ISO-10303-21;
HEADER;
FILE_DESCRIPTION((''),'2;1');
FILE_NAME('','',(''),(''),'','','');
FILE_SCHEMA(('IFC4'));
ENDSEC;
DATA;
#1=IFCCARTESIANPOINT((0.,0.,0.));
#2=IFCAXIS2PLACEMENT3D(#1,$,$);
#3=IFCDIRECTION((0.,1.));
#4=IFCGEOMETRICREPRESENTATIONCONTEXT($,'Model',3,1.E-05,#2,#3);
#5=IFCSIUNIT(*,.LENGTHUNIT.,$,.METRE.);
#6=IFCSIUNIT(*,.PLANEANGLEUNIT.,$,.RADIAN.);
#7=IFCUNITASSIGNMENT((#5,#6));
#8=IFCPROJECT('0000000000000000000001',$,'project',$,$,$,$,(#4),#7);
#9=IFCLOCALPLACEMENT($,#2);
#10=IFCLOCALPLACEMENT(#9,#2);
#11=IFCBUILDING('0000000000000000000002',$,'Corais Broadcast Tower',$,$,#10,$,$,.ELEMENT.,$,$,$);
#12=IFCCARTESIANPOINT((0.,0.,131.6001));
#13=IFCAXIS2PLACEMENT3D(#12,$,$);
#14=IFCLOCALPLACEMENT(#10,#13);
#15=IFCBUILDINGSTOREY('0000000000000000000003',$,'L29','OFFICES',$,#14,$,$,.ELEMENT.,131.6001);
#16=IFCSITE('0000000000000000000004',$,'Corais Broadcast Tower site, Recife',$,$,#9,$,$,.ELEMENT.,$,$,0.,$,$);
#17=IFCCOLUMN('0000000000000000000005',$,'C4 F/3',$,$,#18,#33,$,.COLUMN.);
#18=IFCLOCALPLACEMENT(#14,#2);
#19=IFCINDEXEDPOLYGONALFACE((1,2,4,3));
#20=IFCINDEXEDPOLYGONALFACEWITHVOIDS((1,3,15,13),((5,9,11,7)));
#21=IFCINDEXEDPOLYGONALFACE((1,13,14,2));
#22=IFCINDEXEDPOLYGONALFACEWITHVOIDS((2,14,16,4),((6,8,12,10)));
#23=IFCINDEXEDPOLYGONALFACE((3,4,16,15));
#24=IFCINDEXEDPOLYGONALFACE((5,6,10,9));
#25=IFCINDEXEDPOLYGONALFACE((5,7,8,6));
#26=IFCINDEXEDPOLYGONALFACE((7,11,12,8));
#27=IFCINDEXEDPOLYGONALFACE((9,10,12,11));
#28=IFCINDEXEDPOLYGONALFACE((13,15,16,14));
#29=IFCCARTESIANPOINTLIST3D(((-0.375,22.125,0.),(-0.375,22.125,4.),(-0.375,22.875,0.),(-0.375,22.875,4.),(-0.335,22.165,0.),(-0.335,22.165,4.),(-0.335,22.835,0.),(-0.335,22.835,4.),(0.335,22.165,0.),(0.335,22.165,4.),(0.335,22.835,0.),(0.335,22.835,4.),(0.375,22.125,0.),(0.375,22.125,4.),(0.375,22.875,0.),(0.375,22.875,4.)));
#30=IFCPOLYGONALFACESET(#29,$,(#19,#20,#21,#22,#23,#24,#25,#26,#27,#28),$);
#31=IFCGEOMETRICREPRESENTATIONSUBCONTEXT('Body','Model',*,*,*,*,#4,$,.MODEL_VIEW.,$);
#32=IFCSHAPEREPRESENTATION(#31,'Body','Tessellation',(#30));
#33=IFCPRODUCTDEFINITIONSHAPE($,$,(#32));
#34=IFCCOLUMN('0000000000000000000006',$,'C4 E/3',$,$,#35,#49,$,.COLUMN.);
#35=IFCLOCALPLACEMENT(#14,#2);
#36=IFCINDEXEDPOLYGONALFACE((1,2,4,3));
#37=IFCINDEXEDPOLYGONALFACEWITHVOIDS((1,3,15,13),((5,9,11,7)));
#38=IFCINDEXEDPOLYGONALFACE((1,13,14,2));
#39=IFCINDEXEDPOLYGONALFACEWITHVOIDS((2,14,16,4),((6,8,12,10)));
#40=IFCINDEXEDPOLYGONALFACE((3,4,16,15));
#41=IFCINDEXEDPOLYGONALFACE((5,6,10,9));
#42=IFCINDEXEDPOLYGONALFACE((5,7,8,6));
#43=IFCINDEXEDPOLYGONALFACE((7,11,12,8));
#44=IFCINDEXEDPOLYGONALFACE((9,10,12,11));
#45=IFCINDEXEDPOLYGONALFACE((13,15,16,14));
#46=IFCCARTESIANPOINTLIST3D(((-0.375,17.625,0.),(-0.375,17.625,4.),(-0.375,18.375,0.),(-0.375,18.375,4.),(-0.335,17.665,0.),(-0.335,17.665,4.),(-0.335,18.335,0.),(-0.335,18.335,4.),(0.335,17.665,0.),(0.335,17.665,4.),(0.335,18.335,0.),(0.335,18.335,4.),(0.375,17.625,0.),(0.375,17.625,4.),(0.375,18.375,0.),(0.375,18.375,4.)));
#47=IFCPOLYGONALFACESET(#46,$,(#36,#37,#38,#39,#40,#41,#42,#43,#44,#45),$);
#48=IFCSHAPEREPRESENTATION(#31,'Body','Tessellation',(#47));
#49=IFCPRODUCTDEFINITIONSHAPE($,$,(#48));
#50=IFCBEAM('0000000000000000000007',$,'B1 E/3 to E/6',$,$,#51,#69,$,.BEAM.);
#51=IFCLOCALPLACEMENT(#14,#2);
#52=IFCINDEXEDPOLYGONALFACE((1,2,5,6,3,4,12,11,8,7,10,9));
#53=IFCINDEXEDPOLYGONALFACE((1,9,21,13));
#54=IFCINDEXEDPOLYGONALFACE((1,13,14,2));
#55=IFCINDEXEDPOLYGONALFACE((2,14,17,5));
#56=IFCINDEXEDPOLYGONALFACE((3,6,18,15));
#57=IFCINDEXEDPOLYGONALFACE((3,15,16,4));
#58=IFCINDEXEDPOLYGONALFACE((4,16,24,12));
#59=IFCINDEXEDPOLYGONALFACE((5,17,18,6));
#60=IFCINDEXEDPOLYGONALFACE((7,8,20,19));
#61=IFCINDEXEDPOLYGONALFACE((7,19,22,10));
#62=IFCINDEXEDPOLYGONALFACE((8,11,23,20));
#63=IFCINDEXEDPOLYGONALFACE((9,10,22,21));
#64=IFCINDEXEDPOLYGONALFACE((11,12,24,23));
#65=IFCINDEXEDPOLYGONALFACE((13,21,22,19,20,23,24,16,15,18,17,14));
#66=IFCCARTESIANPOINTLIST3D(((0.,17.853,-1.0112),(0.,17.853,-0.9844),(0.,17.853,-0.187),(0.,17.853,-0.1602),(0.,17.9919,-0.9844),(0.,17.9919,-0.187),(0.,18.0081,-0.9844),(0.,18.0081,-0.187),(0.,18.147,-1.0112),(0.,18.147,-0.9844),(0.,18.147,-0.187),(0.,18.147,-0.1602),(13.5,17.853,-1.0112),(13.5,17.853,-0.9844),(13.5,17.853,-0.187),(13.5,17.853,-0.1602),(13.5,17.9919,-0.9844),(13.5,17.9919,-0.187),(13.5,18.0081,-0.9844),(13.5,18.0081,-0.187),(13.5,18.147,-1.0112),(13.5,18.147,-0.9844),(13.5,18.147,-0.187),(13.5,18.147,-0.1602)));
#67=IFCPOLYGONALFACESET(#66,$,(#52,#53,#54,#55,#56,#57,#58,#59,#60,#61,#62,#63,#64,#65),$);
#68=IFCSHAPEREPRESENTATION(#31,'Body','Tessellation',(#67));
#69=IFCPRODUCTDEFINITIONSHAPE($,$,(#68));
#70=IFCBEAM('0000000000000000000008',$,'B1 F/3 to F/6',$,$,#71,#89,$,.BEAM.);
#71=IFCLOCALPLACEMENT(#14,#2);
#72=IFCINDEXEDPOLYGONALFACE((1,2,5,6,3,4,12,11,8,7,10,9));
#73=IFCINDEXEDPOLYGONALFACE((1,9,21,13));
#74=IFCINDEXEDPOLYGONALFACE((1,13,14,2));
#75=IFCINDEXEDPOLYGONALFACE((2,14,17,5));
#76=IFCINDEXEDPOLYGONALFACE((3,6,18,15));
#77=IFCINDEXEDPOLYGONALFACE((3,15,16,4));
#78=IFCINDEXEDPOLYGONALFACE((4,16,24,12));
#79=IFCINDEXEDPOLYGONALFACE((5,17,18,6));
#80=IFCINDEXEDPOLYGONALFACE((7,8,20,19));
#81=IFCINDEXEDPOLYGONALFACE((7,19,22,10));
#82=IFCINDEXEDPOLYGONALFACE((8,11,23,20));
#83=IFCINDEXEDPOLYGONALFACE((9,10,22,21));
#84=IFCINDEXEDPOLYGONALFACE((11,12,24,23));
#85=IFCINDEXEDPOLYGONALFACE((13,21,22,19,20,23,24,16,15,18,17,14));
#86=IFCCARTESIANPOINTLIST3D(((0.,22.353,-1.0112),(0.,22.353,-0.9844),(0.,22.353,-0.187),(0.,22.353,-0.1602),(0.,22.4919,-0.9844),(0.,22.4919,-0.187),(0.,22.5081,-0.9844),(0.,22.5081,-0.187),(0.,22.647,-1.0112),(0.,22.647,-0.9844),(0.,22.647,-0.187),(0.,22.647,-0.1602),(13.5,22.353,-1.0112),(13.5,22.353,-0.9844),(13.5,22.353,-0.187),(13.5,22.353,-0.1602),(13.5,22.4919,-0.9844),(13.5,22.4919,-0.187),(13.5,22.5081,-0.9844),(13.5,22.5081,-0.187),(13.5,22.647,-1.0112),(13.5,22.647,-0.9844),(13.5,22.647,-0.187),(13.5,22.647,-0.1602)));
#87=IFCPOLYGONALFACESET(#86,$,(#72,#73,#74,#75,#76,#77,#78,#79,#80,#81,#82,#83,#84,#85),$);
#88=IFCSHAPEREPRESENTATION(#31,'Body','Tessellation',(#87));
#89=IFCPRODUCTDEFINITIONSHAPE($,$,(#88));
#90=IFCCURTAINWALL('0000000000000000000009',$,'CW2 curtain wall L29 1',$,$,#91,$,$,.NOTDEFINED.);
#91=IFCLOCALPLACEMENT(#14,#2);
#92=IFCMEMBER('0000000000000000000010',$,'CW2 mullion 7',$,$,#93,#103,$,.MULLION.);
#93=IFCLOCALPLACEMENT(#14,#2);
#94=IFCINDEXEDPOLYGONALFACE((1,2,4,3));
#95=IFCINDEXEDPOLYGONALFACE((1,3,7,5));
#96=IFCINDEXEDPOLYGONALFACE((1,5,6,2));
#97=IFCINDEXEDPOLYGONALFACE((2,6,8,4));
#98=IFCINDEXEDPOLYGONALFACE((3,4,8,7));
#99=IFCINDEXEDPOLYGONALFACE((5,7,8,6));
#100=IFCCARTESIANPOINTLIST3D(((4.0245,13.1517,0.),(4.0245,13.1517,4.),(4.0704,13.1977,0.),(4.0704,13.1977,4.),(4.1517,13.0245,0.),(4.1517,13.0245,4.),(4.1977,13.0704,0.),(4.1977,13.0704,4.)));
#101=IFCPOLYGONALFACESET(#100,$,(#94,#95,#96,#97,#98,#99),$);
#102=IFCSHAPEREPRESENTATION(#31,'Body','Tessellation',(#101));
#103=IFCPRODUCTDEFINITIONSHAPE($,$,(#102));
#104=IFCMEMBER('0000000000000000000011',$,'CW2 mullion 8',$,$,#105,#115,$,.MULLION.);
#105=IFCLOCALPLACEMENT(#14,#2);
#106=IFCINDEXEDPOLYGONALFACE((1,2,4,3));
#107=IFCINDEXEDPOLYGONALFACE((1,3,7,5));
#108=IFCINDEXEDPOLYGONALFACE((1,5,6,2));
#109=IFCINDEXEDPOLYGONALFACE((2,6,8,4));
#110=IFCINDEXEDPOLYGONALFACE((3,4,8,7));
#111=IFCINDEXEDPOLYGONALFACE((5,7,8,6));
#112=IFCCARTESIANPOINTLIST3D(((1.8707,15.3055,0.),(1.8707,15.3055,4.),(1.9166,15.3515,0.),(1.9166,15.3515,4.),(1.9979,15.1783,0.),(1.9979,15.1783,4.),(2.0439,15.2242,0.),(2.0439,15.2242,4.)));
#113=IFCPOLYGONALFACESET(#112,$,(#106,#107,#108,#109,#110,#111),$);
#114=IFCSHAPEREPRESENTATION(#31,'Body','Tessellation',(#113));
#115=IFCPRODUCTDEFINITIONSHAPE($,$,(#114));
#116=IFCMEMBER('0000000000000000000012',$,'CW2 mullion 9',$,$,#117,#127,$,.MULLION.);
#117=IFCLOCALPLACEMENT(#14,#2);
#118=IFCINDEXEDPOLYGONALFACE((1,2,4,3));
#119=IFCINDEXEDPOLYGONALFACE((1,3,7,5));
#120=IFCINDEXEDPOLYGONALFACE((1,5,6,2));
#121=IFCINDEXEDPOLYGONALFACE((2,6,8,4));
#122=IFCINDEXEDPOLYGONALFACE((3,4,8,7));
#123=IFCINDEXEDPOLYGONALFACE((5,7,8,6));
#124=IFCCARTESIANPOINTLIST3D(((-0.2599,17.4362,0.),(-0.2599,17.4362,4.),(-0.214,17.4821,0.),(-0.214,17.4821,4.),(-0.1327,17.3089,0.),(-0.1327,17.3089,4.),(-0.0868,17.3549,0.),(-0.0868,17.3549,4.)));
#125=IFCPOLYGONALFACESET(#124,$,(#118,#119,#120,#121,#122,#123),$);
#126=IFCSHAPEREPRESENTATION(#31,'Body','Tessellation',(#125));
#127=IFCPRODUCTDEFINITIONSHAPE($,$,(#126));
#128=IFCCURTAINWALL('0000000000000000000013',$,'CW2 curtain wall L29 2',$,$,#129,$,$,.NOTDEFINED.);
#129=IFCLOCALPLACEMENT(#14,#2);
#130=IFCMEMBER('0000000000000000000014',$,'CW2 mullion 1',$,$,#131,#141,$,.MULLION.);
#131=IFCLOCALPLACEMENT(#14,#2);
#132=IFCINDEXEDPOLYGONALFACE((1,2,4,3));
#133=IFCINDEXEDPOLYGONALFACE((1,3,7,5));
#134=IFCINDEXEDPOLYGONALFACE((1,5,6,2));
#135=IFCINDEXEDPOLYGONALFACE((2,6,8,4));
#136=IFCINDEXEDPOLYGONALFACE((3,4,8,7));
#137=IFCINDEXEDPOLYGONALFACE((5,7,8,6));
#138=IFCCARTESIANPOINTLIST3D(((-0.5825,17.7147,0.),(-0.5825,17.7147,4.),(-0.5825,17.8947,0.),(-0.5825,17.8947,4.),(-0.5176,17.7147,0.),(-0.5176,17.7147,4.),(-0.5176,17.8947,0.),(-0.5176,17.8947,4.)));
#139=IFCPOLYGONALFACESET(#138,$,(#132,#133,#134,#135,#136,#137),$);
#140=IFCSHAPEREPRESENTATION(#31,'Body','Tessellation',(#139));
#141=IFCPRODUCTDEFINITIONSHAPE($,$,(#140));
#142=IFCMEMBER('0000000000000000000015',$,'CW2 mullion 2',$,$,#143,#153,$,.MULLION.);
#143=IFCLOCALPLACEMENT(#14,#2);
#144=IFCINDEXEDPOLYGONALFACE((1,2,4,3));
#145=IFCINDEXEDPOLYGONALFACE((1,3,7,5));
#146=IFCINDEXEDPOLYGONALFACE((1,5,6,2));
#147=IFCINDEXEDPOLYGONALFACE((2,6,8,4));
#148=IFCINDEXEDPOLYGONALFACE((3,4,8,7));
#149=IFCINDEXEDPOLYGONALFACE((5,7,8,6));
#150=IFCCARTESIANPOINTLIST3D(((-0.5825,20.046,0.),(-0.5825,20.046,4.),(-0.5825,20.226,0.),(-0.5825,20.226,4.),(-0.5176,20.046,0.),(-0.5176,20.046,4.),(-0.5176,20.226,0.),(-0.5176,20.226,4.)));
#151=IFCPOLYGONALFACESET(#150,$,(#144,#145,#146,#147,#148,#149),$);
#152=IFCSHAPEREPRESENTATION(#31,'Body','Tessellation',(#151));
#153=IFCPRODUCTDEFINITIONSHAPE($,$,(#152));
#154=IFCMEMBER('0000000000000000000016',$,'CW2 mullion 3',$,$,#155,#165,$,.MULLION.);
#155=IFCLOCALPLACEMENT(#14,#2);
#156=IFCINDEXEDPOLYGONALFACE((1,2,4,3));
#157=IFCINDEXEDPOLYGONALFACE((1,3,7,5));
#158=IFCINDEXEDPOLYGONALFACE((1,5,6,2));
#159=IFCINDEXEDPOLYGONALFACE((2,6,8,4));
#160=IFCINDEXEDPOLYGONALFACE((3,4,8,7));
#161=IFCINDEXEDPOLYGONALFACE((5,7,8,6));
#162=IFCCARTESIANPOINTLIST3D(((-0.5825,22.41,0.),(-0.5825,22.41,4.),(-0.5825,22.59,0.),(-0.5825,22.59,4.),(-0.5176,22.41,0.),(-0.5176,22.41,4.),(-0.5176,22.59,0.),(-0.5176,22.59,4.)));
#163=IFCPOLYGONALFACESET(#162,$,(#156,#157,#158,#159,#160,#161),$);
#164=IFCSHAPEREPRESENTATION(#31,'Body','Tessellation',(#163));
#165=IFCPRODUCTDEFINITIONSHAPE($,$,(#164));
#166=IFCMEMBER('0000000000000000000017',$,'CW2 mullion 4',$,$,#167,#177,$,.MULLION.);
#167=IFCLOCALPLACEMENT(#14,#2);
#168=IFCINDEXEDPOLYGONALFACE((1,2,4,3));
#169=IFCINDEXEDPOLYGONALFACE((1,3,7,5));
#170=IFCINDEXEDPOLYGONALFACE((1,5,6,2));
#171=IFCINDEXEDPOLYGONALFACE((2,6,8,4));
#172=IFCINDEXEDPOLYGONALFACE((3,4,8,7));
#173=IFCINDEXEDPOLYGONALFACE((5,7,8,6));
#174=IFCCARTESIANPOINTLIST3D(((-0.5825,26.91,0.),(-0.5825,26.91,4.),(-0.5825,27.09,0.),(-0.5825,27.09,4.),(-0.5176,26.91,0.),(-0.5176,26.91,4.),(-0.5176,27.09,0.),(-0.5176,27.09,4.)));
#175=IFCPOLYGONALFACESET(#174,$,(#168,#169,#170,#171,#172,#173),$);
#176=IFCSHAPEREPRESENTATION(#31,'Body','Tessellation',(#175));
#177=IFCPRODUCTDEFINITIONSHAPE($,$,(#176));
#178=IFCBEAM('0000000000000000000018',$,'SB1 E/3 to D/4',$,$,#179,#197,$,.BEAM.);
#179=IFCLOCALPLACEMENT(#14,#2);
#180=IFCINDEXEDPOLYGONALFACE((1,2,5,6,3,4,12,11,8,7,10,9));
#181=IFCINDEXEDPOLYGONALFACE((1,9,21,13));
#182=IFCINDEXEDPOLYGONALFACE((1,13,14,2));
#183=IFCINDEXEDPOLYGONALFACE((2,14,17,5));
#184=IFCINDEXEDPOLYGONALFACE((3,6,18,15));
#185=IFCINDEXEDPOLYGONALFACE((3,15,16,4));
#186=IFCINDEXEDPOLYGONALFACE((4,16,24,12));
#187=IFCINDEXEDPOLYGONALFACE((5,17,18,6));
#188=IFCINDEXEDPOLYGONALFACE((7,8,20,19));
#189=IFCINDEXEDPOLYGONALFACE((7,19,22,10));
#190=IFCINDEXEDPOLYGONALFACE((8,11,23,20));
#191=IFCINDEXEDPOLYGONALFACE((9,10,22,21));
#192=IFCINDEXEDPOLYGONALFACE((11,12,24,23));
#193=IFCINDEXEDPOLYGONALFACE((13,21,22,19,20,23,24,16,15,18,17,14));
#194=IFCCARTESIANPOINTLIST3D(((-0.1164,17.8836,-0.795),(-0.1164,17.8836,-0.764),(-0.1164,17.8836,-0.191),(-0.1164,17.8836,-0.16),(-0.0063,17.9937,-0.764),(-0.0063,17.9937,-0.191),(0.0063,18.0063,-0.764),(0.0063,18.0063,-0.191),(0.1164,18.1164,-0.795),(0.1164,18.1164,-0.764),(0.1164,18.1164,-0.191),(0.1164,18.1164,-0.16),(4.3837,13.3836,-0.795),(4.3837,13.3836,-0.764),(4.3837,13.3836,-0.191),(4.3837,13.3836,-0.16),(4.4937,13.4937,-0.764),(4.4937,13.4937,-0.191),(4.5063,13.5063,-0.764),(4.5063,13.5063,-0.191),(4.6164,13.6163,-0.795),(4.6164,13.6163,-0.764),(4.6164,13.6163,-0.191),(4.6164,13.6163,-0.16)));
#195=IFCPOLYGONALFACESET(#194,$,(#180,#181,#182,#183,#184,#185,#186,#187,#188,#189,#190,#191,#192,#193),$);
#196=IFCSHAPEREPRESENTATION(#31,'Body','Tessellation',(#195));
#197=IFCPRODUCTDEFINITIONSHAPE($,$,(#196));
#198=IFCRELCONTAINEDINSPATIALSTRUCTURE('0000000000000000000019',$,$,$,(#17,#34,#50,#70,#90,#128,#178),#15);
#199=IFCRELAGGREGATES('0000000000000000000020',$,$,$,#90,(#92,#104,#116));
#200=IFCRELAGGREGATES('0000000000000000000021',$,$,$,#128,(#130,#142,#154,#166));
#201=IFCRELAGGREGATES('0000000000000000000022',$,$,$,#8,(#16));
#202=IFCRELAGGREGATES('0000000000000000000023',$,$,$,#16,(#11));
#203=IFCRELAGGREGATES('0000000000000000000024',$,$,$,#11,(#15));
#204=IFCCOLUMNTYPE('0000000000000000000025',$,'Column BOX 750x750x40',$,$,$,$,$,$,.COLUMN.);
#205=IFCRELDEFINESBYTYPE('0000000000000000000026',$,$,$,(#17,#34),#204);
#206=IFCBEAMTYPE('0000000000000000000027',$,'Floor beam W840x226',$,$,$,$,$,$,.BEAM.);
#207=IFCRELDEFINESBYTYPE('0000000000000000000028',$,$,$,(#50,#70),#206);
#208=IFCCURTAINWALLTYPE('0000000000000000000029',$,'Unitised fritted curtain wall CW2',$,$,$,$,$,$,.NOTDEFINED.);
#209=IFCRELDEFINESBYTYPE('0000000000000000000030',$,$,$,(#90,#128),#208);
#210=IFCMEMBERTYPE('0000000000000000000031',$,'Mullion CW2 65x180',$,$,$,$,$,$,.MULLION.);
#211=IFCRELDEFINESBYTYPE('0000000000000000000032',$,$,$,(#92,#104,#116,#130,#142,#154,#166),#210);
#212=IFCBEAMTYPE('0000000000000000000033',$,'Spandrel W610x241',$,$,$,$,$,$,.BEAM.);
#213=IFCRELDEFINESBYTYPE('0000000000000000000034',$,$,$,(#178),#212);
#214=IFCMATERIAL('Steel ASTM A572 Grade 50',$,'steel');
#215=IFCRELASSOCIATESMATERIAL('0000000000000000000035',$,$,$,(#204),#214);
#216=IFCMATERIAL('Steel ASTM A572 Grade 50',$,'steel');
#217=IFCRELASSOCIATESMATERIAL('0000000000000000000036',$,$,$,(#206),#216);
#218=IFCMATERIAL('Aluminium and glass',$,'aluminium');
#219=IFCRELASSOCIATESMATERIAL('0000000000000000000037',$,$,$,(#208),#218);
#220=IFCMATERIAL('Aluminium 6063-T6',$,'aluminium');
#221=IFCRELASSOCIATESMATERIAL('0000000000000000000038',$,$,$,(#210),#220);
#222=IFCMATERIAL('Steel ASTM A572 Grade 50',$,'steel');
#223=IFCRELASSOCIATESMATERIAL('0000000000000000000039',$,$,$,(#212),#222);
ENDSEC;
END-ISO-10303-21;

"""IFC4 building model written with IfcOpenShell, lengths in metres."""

from ifc_helpers import new_model, si_unit, direction, frame, origin, origin_2d, place, context, subcontext, project, spatial, rectangle, hollow_rectangle, i_section, extrude, material, material_profile, profile_set, type_object, element, aggregate, save


model = new_model("IFC4")

# Units and contexts
model_context = context("Model", 3, precision=1e-05, world=origin(), true_north=direction((0.0, 1.0)))
body_context = subcontext(model_context, "Body", "Model", "MODEL_VIEW")
ifc_project = project(units=[si_unit("LENGTHUNIT", "METRE"), si_unit("PLANEANGLEUNIT", "RADIAN")], contexts=[model_context])

# Site, building, storey
site_placement = place(None, origin())
site = spatial("IfcSite", under=ifc_project, at=site_placement, Name="Corais Broadcast Tower site, Recife", CompositionType="ELEMENT", RefElevation=0.0)
building_placement = place(site_placement, origin())
building = spatial("IfcBuilding", under=site, at=building_placement, Name="Corais Broadcast Tower", CompositionType="ELEMENT")
storey_placement = place(building_placement, frame((0.0, 0.0, 131.6001)))
storey = spatial("IfcBuildingStorey", under=building, at=storey_placement, Name="L29", Description="OFFICES", CompositionType="ELEMENT", Elevation=131.6001)

# Columns
ifc_material_1 = material(Name="Steel ASTM A572 Grade 50", Category="steel")
ifc_material_profile_1 = material_profile(ifc_material_1, hollow_rectangle(XDim=0.75, YDim=0.75, WallThickness=0.04, at=origin_2d()), Name="BOX 750x750x40")
ifc_profile_set_1 = profile_set([ifc_material_profile_1], Name="Steel ASTM A572 Grade 50")
column_type = type_object("IfcColumnType", Name="Column BOX 750x750x40", PredefinedType="COLUMN", material=ifc_profile_set_1)
for number, where, z_axis, x_axis, name in (
    (1, (0.0, 22.5, 0.0), (0.0, 0.0, 1.0), (1.0, 0.0, 0.0), "C4 F/3"),
    (2, (0.0, 18.0, 0.0), (0.0, 0.0, 1.0), (1.0, 0.0, 0.0), "C4 E/3"),
):
    element("IfcColumn", number, at=place(storey_placement, frame(where, z_axis=z_axis, x_axis=x_axis)), inside=storey, type_object=column_type, Name=name, PredefinedType="COLUMN", context=body_context, shape_type="SweptSolid", body=[
        extrude(hollow_rectangle(XDim=0.75, YDim=0.75, WallThickness=0.04, at=origin_2d()), origin(), (0.0, 0.0, 1.0), 4.0),
    ])

# Beams
ifc_material_2 = material(Name="Steel ASTM A572 Grade 50", Category="steel")
ifc_material_profile_2 = material_profile(ifc_material_2, i_section(OverallWidth=0.2939, OverallDepth=0.8511, WebThickness=0.0161, FlangeThickness=0.0269, at=origin_2d()), Name="W840x226")
ifc_profile_set_2 = profile_set([ifc_material_profile_2], Name="Steel ASTM A572 Grade 50")
beam_type_1 = type_object("IfcBeamType", Name="Floor beam W840x226", PredefinedType="BEAM", material=ifc_profile_set_2)
for number, where, z_axis, x_axis, name in (
    (3, (0.0, 18.0, -0.5857), (1.0, 0.0, 0.0), (0.0, 1.0, 0.0), "B1 E/3 to E/6"),
    (4, (0.0, 22.5, -0.5857), (1.0, 0.0, 0.0), (0.0, 1.0, 0.0), "B1 F/3 to F/6"),
):
    element("IfcBeam", number, at=place(storey_placement, frame(where, z_axis=z_axis, x_axis=x_axis)), inside=storey, type_object=beam_type_1, Name=name, PredefinedType="BEAM", context=body_context, shape_type="SweptSolid", body=[
        extrude(i_section(OverallWidth=0.2939, OverallDepth=0.8511, WebThickness=0.0161, FlangeThickness=0.0269, at=origin_2d()), origin(), (0.0, 0.0, 1.0), 13.5),
    ])

# Curtain walls, members
ifc_material_3 = material(Name="Aluminium and glass", Category="aluminium")
curtain_wall_type = type_object("IfcCurtainWallType", Name="Unitised fritted curtain wall CW2", PredefinedType="NOTDEFINED", material=ifc_material_3)
curtain_wall_1_placement = place(storey_placement, origin())
curtain_wall_1 = element("IfcCurtainWall", 5, at=curtain_wall_1_placement, inside=storey, type_object=curtain_wall_type, Name="CW2 curtain wall L29 1", PredefinedType="NOTDEFINED")
ifc_material_4 = material(Name="Aluminium 6063-T6", Category="aluminium")
ifc_material_profile_3 = material_profile(ifc_material_4, rectangle(XDim=0.0649, YDim=0.1799, at=origin_2d()), Name="Mullion CW2 65x180")
ifc_profile_set_3 = profile_set([ifc_material_profile_3], Name="Aluminium 6063-T6")
member_type_1 = type_object("IfcMemberType", Name="Mullion CW2 65x180", PredefinedType="MULLION", material=ifc_profile_set_3)
member_1_placement = place(storey_placement, frame((4.1111, 13.1111, 0.0), z_axis=(0.0, 0.0, 1.0), x_axis=(-0.707107, -0.707107, 0.0)))
member_1 = element("IfcMember", 6, at=member_1_placement, type_object=member_type_1, Name="CW2 mullion 7", PredefinedType="MULLION", context=body_context, shape_type="SweptSolid", body=[
    extrude(rectangle(XDim=0.0649, YDim=0.1799, at=origin_2d()), origin(), (0.0, 0.0, 1.0), 4.0),
])
member_2_placement = place(storey_placement, frame((1.9573, 15.2649, 0.0), z_axis=(0.0, 0.0, 1.0), x_axis=(-0.707107, -0.707107, 0.0)))
member_2 = element("IfcMember", 7, at=member_2_placement, type_object=member_type_1, Name="CW2 mullion 8", PredefinedType="MULLION", context=body_context, shape_type="SweptSolid", body=[
    extrude(rectangle(XDim=0.0649, YDim=0.1799, at=origin_2d()), origin(), (0.0, 0.0, 1.0), 4.0),
])
member_3_placement = place(storey_placement, frame((-0.1733, 17.3955, 0.0), z_axis=(0.0, 0.0, 1.0), x_axis=(-0.707107, -0.707107, 0.0)))
member_3 = element("IfcMember", 8, at=member_3_placement, type_object=member_type_1, Name="CW2 mullion 9", PredefinedType="MULLION", context=body_context, shape_type="SweptSolid", body=[
    extrude(rectangle(XDim=0.0649, YDim=0.1799, at=origin_2d()), origin(), (0.0, 0.0, 1.0), 4.0),
])
curtain_wall_2_placement = place(storey_placement, origin())
curtain_wall_2 = element("IfcCurtainWall", 9, at=curtain_wall_2_placement, inside=storey, type_object=curtain_wall_type, Name="CW2 curtain wall L29 2", PredefinedType="NOTDEFINED")
member_4_placement = place(storey_placement, frame((-0.55, 17.8047, 0.0), z_axis=(0.0, 0.0, 1.0), x_axis=(-1.0, 0.0, 0.0)))
member_4 = element("IfcMember", 10, at=member_4_placement, type_object=member_type_1, Name="CW2 mullion 1", PredefinedType="MULLION", context=body_context, shape_type="SweptSolid", body=[
    extrude(rectangle(XDim=0.0649, YDim=0.1799, at=origin_2d()), origin(), (0.0, 0.0, 1.0), 4.0),
])
member_5_placement = place(storey_placement, frame((-0.55, 20.136, 0.0), z_axis=(0.0, 0.0, 1.0), x_axis=(-1.0, 0.0, 0.0)))
member_5 = element("IfcMember", 11, at=member_5_placement, type_object=member_type_1, Name="CW2 mullion 2", PredefinedType="MULLION", context=body_context, shape_type="SweptSolid", body=[
    extrude(rectangle(XDim=0.0649, YDim=0.1799, at=origin_2d()), origin(), (0.0, 0.0, 1.0), 4.0),
])
member_6_placement = place(storey_placement, frame((-0.55, 22.5, 0.0), z_axis=(0.0, 0.0, 1.0), x_axis=(-1.0, 0.0, 0.0)))
member_6 = element("IfcMember", 12, at=member_6_placement, type_object=member_type_1, Name="CW2 mullion 3", PredefinedType="MULLION", context=body_context, shape_type="SweptSolid", body=[
    extrude(rectangle(XDim=0.0649, YDim=0.1799, at=origin_2d()), origin(), (0.0, 0.0, 1.0), 4.0),
])
member_7_placement = place(storey_placement, frame((-0.55, 27.0, 0.0), z_axis=(0.0, 0.0, 1.0), x_axis=(-1.0, 0.0, 0.0)))
member_7 = element("IfcMember", 13, at=member_7_placement, type_object=member_type_1, Name="CW2 mullion 4", PredefinedType="MULLION", context=body_context, shape_type="SweptSolid", body=[
    extrude(rectangle(XDim=0.0649, YDim=0.1799, at=origin_2d()), origin(), (0.0, 0.0, 1.0), 4.0),
])

# Beam
ifc_material_5 = material(Name="Steel ASTM A572 Grade 50", Category="steel")
ifc_material_profile_4 = material_profile(ifc_material_5, i_section(OverallWidth=0.3291, OverallDepth=0.635, WebThickness=0.0178, FlangeThickness=0.031, at=origin_2d()), Name="W610x241")
ifc_profile_set_4 = profile_set([ifc_material_profile_4], Name="Steel ASTM A572 Grade 50")
beam_type_2 = type_object("IfcBeamType", Name="Spandrel W610x241", PredefinedType="BEAM", material=ifc_profile_set_4)
beam_1_placement = place(storey_placement, frame((0.0, 18.0, -0.4775), z_axis=(0.707107, -0.707107, 0.0), x_axis=(0.707107, 0.707107, 0.0)))
element("IfcBeam", 14, at=beam_1_placement, inside=storey, type_object=beam_type_2, Name="SB1 E/3 to D/4", PredefinedType="BEAM", context=body_context, shape_type="SweptSolid", body=[
    extrude(i_section(OverallWidth=0.3291, OverallDepth=0.635, WebThickness=0.0178, FlangeThickness=0.031, at=origin_2d()), origin(), (0.0, 0.0, 1.0), 6.364),
])

aggregate(curtain_wall_1, [member_1, member_2, member_3])
aggregate(curtain_wall_2, [member_4, member_5, member_6, member_7])

save(model, "model.ifc")
